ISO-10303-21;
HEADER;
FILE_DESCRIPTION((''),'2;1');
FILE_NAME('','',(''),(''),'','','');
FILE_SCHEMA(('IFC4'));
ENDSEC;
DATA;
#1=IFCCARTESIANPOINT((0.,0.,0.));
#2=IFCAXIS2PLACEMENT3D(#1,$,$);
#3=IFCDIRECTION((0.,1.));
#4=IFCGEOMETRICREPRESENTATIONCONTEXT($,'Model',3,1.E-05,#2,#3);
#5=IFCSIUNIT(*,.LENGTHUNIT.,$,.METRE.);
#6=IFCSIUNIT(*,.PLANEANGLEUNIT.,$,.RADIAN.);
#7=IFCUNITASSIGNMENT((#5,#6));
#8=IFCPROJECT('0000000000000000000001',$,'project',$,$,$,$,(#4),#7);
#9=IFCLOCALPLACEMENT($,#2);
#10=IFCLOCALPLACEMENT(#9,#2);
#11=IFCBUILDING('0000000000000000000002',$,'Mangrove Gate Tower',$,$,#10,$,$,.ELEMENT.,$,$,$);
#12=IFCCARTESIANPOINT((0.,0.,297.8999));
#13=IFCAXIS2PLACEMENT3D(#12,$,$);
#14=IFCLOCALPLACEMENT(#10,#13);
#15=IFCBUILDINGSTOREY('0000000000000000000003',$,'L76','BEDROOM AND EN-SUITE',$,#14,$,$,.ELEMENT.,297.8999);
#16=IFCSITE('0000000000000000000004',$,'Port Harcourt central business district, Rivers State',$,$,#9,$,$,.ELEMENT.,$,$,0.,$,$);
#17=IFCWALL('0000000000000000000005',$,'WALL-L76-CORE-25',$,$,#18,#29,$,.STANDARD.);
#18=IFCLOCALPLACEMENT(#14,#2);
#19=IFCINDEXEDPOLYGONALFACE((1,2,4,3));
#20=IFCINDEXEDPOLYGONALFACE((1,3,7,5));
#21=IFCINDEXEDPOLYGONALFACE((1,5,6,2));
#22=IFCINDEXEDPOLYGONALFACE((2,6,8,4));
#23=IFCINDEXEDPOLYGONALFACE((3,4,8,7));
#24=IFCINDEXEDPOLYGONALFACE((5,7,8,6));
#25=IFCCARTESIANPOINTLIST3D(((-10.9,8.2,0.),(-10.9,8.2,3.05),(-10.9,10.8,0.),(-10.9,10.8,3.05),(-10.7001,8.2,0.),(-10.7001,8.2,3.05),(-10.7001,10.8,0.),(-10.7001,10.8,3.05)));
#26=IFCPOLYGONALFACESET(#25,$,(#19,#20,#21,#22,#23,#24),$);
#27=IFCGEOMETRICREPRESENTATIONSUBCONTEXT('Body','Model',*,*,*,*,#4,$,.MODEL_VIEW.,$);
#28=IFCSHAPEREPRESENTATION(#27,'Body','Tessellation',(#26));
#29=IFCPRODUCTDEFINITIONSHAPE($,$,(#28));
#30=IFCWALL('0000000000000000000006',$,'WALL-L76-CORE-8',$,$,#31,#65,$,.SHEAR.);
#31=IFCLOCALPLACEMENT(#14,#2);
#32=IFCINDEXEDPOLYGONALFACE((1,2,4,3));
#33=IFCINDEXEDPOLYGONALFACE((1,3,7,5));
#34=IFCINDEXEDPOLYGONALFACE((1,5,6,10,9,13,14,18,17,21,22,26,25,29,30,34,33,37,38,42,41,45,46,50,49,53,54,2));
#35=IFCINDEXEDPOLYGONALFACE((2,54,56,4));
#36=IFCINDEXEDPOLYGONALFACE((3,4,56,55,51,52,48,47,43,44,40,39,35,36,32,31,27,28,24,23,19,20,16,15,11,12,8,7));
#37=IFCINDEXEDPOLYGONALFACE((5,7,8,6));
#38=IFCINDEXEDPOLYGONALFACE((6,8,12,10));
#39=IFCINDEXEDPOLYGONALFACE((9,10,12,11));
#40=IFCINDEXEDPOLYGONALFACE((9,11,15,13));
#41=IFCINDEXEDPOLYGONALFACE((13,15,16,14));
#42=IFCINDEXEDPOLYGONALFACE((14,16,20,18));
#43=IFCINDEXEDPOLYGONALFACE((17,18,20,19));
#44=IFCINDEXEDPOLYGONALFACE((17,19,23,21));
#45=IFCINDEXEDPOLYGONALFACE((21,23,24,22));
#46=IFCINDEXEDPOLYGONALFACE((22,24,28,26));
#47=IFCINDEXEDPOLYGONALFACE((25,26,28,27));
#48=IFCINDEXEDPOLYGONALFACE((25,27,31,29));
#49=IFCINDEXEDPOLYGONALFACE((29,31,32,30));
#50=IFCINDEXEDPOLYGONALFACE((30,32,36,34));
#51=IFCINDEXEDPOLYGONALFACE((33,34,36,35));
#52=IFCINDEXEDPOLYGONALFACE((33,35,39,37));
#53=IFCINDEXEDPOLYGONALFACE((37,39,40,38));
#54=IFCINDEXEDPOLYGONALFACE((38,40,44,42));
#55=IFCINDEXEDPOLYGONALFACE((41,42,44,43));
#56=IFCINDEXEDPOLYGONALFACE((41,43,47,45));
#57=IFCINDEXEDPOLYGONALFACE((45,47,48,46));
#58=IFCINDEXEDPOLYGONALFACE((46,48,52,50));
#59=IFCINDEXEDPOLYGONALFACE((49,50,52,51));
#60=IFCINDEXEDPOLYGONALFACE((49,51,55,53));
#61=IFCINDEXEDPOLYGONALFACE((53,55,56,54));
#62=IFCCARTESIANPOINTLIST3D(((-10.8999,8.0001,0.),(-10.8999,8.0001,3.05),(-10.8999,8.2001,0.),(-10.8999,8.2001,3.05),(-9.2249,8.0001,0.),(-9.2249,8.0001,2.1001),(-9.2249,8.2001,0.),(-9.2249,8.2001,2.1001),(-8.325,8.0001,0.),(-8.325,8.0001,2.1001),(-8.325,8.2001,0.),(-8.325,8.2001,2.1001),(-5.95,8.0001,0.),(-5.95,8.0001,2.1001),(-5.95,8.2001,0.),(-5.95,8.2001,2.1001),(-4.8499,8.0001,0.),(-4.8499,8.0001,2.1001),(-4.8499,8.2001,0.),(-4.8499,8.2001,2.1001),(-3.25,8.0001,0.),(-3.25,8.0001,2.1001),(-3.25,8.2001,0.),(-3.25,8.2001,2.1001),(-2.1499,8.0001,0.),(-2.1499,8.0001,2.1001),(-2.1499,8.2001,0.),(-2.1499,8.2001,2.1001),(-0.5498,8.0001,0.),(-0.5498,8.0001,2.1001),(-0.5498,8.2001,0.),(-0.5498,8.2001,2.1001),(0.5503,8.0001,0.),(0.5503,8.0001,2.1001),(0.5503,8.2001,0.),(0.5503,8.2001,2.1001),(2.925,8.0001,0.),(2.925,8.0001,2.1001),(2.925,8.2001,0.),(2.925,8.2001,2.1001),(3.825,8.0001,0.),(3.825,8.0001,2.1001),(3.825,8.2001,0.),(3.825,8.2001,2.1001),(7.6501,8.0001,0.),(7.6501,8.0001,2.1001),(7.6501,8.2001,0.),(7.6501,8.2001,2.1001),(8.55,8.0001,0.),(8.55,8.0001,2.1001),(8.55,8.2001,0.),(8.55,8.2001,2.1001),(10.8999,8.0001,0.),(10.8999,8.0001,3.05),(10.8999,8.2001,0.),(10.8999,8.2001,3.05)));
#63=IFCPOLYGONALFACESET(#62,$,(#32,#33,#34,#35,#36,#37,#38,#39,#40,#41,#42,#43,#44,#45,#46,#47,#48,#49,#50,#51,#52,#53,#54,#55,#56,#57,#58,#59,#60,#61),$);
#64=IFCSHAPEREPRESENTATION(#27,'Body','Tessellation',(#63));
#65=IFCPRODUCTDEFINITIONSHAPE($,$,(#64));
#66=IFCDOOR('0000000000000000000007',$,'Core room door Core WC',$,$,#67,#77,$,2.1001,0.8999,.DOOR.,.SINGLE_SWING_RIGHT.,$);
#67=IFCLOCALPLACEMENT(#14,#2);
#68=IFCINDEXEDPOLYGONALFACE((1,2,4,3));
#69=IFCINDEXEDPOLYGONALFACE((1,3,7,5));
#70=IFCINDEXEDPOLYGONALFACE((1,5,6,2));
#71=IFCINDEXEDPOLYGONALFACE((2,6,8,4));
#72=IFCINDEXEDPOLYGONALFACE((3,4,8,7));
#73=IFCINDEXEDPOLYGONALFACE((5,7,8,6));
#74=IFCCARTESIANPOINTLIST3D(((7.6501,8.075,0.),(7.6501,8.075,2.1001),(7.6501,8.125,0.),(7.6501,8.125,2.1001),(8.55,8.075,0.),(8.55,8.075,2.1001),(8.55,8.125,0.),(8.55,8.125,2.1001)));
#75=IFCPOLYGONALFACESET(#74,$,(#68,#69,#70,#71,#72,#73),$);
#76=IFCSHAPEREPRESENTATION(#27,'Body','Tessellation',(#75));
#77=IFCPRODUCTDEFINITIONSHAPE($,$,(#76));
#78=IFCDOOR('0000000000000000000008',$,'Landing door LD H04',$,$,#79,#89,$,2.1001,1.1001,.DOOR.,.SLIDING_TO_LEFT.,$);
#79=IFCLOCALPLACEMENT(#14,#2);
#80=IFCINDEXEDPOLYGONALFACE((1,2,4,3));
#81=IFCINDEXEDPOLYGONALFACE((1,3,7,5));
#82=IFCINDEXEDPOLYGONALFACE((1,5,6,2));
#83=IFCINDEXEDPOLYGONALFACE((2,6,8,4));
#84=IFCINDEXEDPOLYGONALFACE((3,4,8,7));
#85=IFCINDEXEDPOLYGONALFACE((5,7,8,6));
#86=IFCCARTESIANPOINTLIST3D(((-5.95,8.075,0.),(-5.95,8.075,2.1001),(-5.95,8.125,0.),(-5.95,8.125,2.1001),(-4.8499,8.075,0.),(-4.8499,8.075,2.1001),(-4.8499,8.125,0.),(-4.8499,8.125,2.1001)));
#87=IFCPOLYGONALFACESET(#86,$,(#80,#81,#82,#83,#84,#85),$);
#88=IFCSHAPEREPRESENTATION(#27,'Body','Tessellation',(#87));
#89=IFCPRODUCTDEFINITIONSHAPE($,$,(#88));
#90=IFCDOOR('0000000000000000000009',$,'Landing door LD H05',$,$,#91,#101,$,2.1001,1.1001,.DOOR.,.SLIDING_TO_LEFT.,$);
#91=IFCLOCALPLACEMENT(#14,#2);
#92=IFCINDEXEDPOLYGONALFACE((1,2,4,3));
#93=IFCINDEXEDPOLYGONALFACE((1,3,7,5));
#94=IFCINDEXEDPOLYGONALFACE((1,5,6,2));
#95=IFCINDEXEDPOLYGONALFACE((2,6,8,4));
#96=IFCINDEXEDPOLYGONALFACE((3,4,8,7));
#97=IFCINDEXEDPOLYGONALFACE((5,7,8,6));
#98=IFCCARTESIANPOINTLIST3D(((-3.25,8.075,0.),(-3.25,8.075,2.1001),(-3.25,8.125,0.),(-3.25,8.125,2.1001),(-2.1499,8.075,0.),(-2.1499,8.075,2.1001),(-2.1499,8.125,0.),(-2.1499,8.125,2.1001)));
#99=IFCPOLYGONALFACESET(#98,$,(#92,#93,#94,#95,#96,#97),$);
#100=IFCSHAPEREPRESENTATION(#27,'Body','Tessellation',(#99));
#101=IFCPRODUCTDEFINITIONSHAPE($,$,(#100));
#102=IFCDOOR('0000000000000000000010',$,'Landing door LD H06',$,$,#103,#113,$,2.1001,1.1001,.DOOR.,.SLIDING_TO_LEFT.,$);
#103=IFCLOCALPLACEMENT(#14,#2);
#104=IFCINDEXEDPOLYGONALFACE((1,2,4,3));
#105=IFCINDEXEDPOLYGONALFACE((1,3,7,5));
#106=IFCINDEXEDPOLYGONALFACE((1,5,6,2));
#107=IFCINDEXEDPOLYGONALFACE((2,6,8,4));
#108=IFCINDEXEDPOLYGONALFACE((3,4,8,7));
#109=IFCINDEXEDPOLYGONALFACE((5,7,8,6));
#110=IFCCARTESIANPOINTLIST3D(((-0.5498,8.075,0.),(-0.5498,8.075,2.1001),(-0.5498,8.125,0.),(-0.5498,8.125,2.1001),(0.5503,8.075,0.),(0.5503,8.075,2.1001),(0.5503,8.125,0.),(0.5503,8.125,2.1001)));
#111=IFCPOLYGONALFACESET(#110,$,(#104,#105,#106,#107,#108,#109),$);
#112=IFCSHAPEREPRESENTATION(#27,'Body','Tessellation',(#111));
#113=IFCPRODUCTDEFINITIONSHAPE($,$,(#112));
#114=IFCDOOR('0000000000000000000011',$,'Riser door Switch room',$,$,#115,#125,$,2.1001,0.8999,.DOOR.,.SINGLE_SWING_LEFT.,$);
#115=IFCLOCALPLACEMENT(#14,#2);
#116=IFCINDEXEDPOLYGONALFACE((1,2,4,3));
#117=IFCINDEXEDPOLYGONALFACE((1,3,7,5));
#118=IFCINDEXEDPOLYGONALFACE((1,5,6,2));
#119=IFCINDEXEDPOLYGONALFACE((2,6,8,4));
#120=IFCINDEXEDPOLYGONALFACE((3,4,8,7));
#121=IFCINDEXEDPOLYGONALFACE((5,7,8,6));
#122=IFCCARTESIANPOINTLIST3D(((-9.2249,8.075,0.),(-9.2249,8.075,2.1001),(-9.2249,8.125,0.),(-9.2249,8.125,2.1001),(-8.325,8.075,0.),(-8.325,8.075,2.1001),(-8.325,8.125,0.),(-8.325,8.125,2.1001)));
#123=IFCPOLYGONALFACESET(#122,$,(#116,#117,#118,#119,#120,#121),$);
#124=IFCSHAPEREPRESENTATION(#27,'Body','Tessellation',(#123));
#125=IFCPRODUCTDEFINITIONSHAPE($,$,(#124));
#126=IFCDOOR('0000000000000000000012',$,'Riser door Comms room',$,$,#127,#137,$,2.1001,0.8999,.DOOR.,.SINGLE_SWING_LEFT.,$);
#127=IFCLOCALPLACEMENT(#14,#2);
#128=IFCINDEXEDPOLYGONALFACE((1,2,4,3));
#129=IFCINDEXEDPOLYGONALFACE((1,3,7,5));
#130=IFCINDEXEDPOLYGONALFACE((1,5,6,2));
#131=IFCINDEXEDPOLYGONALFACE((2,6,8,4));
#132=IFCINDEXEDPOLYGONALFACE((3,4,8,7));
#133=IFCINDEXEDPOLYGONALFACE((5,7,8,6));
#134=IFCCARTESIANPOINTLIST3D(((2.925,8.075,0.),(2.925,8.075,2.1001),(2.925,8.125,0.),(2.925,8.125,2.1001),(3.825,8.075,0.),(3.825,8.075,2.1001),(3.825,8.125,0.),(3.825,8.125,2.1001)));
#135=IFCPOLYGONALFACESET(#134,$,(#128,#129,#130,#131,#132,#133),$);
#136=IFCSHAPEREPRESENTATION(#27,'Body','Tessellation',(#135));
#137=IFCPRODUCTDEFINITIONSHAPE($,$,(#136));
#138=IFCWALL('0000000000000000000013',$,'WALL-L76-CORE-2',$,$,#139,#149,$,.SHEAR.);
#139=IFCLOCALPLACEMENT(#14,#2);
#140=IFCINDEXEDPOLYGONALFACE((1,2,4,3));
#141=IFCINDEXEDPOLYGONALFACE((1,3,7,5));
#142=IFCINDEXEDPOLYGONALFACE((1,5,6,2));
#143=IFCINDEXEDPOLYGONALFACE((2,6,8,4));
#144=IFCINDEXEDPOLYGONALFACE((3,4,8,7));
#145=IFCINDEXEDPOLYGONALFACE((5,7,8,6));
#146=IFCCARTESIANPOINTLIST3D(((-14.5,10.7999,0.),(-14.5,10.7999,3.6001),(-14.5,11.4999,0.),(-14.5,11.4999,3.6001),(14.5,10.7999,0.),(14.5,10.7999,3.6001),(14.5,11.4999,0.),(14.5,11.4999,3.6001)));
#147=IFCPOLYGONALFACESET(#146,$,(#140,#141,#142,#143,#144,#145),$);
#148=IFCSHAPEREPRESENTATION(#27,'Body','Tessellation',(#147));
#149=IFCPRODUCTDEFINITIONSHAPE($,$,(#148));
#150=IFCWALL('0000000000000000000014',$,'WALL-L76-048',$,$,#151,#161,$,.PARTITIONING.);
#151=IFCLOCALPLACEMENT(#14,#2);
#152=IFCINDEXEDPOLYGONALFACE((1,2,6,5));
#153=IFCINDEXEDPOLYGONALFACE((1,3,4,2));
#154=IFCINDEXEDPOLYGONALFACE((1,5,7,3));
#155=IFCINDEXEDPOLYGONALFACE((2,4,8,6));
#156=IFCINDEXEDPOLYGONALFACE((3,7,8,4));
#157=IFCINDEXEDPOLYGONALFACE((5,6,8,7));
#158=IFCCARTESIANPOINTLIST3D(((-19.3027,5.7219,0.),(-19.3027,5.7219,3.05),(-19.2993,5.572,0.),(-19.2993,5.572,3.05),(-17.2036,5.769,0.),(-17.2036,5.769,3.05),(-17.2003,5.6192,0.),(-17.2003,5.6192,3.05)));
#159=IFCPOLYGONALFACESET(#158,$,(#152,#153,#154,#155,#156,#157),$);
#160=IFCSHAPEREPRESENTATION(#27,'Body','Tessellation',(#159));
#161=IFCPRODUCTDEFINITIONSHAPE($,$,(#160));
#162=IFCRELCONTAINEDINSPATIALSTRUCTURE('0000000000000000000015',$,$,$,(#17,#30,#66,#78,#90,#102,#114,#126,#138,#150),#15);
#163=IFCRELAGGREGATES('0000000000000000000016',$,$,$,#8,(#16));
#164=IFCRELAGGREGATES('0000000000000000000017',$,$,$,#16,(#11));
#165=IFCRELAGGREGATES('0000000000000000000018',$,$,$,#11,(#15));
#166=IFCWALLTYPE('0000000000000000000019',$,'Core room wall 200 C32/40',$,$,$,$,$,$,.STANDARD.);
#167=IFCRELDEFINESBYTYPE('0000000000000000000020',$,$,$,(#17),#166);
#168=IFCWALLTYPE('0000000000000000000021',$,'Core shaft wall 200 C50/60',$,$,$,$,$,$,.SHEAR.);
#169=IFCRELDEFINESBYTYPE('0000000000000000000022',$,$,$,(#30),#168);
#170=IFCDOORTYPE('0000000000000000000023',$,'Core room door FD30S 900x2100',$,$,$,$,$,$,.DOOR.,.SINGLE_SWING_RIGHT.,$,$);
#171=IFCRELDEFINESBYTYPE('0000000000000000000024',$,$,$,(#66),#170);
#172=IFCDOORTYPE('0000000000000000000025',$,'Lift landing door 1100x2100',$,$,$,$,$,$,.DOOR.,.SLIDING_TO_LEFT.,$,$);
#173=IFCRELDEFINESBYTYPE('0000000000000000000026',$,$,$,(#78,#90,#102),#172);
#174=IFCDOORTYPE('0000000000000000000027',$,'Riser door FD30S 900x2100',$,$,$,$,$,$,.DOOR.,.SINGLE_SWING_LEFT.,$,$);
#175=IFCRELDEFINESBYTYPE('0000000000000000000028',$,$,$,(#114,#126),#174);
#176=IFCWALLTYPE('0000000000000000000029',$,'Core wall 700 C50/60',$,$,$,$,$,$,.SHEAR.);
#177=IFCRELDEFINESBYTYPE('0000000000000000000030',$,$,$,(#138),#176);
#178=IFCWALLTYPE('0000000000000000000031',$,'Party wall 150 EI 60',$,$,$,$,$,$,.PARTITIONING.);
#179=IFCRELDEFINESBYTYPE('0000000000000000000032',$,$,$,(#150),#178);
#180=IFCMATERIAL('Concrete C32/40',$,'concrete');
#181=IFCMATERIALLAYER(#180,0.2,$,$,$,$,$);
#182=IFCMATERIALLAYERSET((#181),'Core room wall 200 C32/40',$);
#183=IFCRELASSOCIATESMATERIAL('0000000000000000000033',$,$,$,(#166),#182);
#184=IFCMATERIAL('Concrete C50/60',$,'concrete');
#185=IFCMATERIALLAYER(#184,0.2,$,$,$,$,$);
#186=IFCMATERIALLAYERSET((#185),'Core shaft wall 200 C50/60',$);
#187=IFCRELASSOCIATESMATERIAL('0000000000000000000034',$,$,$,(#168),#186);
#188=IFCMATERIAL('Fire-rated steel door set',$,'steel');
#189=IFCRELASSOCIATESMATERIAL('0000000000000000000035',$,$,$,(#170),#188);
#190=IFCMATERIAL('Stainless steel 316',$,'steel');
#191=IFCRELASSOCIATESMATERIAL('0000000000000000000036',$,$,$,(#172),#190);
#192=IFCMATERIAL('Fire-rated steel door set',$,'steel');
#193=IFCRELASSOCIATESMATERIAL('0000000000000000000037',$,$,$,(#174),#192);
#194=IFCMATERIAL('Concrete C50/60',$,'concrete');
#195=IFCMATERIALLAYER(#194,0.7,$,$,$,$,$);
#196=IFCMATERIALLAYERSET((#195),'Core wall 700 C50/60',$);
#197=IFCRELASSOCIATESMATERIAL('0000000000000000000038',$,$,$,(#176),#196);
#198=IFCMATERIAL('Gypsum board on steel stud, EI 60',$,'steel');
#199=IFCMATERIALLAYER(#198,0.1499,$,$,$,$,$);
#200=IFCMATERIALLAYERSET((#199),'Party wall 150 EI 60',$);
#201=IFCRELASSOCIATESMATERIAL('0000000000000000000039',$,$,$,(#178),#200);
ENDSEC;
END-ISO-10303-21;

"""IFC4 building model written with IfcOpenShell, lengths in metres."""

from ifc_helpers import new_model, si_unit, direction, frame, frame_2d, origin, place, context, subcontext, project, spatial, rectangle, extrude, material, layer, layer_set, type_object, element, fill, save


model = new_model("IFC4")

# Units and contexts
model_context = context("Model", 3, precision=1e-05, world=origin(), true_north=direction((0.0, 1.0)))
body_context = subcontext(model_context, "Body", "Model", "MODEL_VIEW")
ifc_project = project(units=[si_unit("LENGTHUNIT", "METRE"), si_unit("PLANEANGLEUNIT", "RADIAN")], contexts=[model_context])

# Site, building, storey
site_placement = place(None, origin())
site = spatial("IfcSite", under=ifc_project, at=site_placement, Name="Port Harcourt central business district, Rivers State", CompositionType="ELEMENT", RefElevation=0.0)
building_placement = place(site_placement, origin())
building = spatial("IfcBuilding", under=site, at=building_placement, Name="Mangrove Gate Tower", CompositionType="ELEMENT")
storey_placement = place(building_placement, frame((0.0, 0.0, 297.8999)))
storey = spatial("IfcBuildingStorey", under=building, at=storey_placement, Name="L76", Description="BEDROOM AND EN-SUITE", CompositionType="ELEMENT", Elevation=297.8999)

# Wall
ifc_material_1 = material(Name="Concrete C32/40", Category="concrete")
ifc_layer_1 = layer(ifc_material_1, 0.2)
ifc_layer_set_1 = layer_set([ifc_layer_1], Name="Core room wall 200 C32/40")
wall_type_1 = type_object("IfcWallType", Name="Core room wall 200 C32/40", PredefinedType="STANDARD", material=ifc_layer_set_1)
wall_1_placement = place(storey_placement, frame((-10.8, 8.2, 0.0), z_axis=(0.0, 0.0, 1.0), x_axis=(0.0, 1.0, 0.0)))
element("IfcWall", 1, at=wall_1_placement, inside=storey, type_object=wall_type_1, Name="WALL-L76-CORE-25", PredefinedType="STANDARD", context=body_context, shape_type="SweptSolid", body=[
    extrude(rectangle(XDim=2.6001, YDim=0.2, at=frame_2d((1.3, 0.0))), origin(), (0.0, 0.0, 1.0), 3.05),
])

# Wall, openings, doors
ifc_material_2 = material(Name="Concrete C50/60", Category="concrete")
ifc_layer_2 = layer(ifc_material_2, 0.2)
ifc_layer_set_2 = layer_set([ifc_layer_2], Name="Core shaft wall 200 C50/60")
wall_type_2 = type_object("IfcWallType", Name="Core shaft wall 200 C50/60", PredefinedType="SHEAR", material=ifc_layer_set_2)
wall_2_placement = place(storey_placement, frame((-10.8999, 8.1001, 0.0), z_axis=(0.0, 0.0, 1.0), x_axis=(1.0, 0.0, 0.0)))
wall_2 = element("IfcWall", 2, at=wall_2_placement, inside=storey, type_object=wall_type_2, Name="WALL-L76-CORE-8", PredefinedType="SHEAR", context=body_context, shape_type="SweptSolid", body=[
    extrude(rectangle(XDim=21.7998, YDim=0.2, at=frame_2d((10.8999, 0.0))), origin(), (0.0, 0.0, 1.0), 3.05),
])
opening_1_placement = place(wall_2_placement, frame((4.95, 0.0, 0.0)))
opening_1 = element("IfcOpeningElement", 3, at=opening_1_placement, cuts=wall_2, PredefinedType="OPENING", context=body_context, shape_type="SweptSolid", body=[
    extrude(rectangle(XDim=1.1001, YDim=2.1001, at=frame_2d((0.55, 1.05))), frame((0.0, 0.1099, 0.0), z_axis=(0.0, -1.0, 0.0), x_axis=(1.0, 0.0, 0.0)), (0.0, 0.0, 1.0), 0.22),
])
opening_2_placement = place(wall_2_placement, frame((7.6499, 0.0, 0.0)))
opening_2 = element("IfcOpeningElement", 4, at=opening_2_placement, cuts=wall_2, PredefinedType="OPENING", context=body_context, shape_type="SweptSolid", body=[
    extrude(rectangle(XDim=1.1001, YDim=2.1001, at=frame_2d((0.55, 1.05))), frame((0.0, 0.1099, 0.0), z_axis=(0.0, -1.0, 0.0), x_axis=(1.0, 0.0, 0.0)), (0.0, 0.0, 1.0), 0.22),
])
opening_3_placement = place(wall_2_placement, frame((10.3501, 0.0, 0.0)))
opening_3 = element("IfcOpeningElement", 5, at=opening_3_placement, cuts=wall_2, PredefinedType="OPENING", context=body_context, shape_type="SweptSolid", body=[
    extrude(rectangle(XDim=1.1001, YDim=2.1001, at=frame_2d((0.55, 1.05))), frame((0.0, 0.1099, 0.0), z_axis=(0.0, -1.0, 0.0), x_axis=(1.0, 0.0, 0.0)), (0.0, 0.0, 1.0), 0.22),
])
opening_4_placement = place(wall_2_placement, frame((1.675, 0.0, 0.0)))
opening_4 = element("IfcOpeningElement", 6, at=opening_4_placement, cuts=wall_2, PredefinedType="OPENING", context=body_context, shape_type="SweptSolid", body=[
    extrude(rectangle(XDim=0.8999, YDim=2.1001, at=frame_2d((0.45, 1.05))), frame((0.0, 0.1099, 0.0), z_axis=(0.0, -1.0, 0.0), x_axis=(1.0, 0.0, 0.0)), (0.0, 0.0, 1.0), 0.22),
])
opening_5_placement = place(wall_2_placement, frame((13.825, 0.0, 0.0)))
opening_5 = element("IfcOpeningElement", 7, at=opening_5_placement, cuts=wall_2, PredefinedType="OPENING", context=body_context, shape_type="SweptSolid", body=[
    extrude(rectangle(XDim=0.8999, YDim=2.1001, at=frame_2d((0.45, 1.05))), frame((0.0, 0.1099, 0.0), z_axis=(0.0, -1.0, 0.0), x_axis=(1.0, 0.0, 0.0)), (0.0, 0.0, 1.0), 0.22),
])
opening_6_placement = place(wall_2_placement, frame((18.55, 0.0, 0.0)))
opening_6 = element("IfcOpeningElement", 8, at=opening_6_placement, cuts=wall_2, PredefinedType="OPENING", context=body_context, shape_type="SweptSolid", body=[
    extrude(rectangle(XDim=0.8999, YDim=2.1001, at=frame_2d((0.45, 1.05))), frame((0.0, 0.1099, 0.0), z_axis=(0.0, -1.0, 0.0), x_axis=(1.0, 0.0, 0.0)), (0.0, 0.0, 1.0), 0.22),
])
ifc_material_3 = material(Name="Fire-rated steel door set", Category="steel")
door_type_1 = type_object("IfcDoorType", Name="Core room door FD30S 900x2100", OperationType="SINGLE_SWING_RIGHT", PredefinedType="DOOR", material=ifc_material_3)
door_1_placement = place(opening_6_placement, origin())
door_1 = element("IfcDoor", 9, at=door_1_placement, inside=storey, type_object=door_type_1, Name="Core room door Core WC", OperationType="SINGLE_SWING_RIGHT", OverallHeight=2.1001, OverallWidth=0.8999, PredefinedType="DOOR", context=body_context, shape_type="SweptSolid", body=[
    extrude(rectangle(XDim=0.8999, YDim=2.1001, at=frame_2d((0.45, 1.05))), frame((0.0, 0.0249, 0.0), z_axis=(0.0, -1.0, 0.0), x_axis=(1.0, 0.0, 0.0)), (0.0, 0.0, 1.0), 0.05),
])
fill(opening_6, door_1)
ifc_material_4 = material(Name="Stainless steel 316", Category="steel")
door_type_2 = type_object("IfcDoorType", Name="Lift landing door 1100x2100", OperationType="SLIDING_TO_LEFT", PredefinedType="DOOR", material=ifc_material_4)
door_2_placement = place(opening_1_placement, origin())
door_2 = element("IfcDoor", 10, at=door_2_placement, inside=storey, type_object=door_type_2, Name="Landing door LD H04", OperationType="SLIDING_TO_LEFT", OverallHeight=2.1001, OverallWidth=1.1001, PredefinedType="DOOR", context=body_context, shape_type="SweptSolid", body=[
    extrude(rectangle(XDim=1.1001, YDim=2.1001, at=frame_2d((0.55, 1.05))), frame((0.0, 0.0249, 0.0), z_axis=(0.0, -1.0, 0.0), x_axis=(1.0, 0.0, 0.0)), (0.0, 0.0, 1.0), 0.05),
])
fill(opening_1, door_2)
door_3_placement = place(opening_2_placement, origin())
door_3 = element("IfcDoor", 11, at=door_3_placement, inside=storey, type_object=door_type_2, Name="Landing door LD H05", OperationType="SLIDING_TO_LEFT", OverallHeight=2.1001, OverallWidth=1.1001, PredefinedType="DOOR", context=body_context, shape_type="SweptSolid", body=[
    extrude(rectangle(XDim=1.1001, YDim=2.1001, at=frame_2d((0.55, 1.05))), frame((0.0, 0.0249, 0.0), z_axis=(0.0, -1.0, 0.0), x_axis=(1.0, 0.0, 0.0)), (0.0, 0.0, 1.0), 0.05),
])
fill(opening_2, door_3)
door_4_placement = place(opening_3_placement, origin())
door_4 = element("IfcDoor", 12, at=door_4_placement, inside=storey, type_object=door_type_2, Name="Landing door LD H06", OperationType="SLIDING_TO_LEFT", OverallHeight=2.1001, OverallWidth=1.1001, PredefinedType="DOOR", context=body_context, shape_type="SweptSolid", body=[
    extrude(rectangle(XDim=1.1001, YDim=2.1001, at=frame_2d((0.55, 1.05))), frame((0.0, 0.0249, 0.0), z_axis=(0.0, -1.0, 0.0), x_axis=(1.0, 0.0, 0.0)), (0.0, 0.0, 1.0), 0.05),
])
fill(opening_3, door_4)
ifc_material_5 = material(Name="Fire-rated steel door set", Category="steel")
door_type_3 = type_object("IfcDoorType", Name="Riser door FD30S 900x2100", OperationType="SINGLE_SWING_LEFT", PredefinedType="DOOR", material=ifc_material_5)
door_5_placement = place(opening_4_placement, origin())
door_5 = element("IfcDoor", 13, at=door_5_placement, inside=storey, type_object=door_type_3, Name="Riser door Switch room", OperationType="SINGLE_SWING_LEFT", OverallHeight=2.1001, OverallWidth=0.8999, PredefinedType="DOOR", context=body_context, shape_type="SweptSolid", body=[
    extrude(rectangle(XDim=0.8999, YDim=2.1001, at=frame_2d((0.45, 1.05))), frame((0.0, 0.0249, 0.0), z_axis=(0.0, -1.0, 0.0), x_axis=(1.0, 0.0, 0.0)), (0.0, 0.0, 1.0), 0.05),
])
fill(opening_4, door_5)
door_6_placement = place(opening_5_placement, origin())
door_6 = element("IfcDoor", 14, at=door_6_placement, inside=storey, type_object=door_type_3, Name="Riser door Comms room", OperationType="SINGLE_SWING_LEFT", OverallHeight=2.1001, OverallWidth=0.8999, PredefinedType="DOOR", context=body_context, shape_type="SweptSolid", body=[
    extrude(rectangle(XDim=0.8999, YDim=2.1001, at=frame_2d((0.45, 1.05))), frame((0.0, 0.0249, 0.0), z_axis=(0.0, -1.0, 0.0), x_axis=(1.0, 0.0, 0.0)), (0.0, 0.0, 1.0), 0.05),
])
fill(opening_5, door_6)

# Walls
ifc_material_6 = material(Name="Concrete C50/60", Category="concrete")
ifc_layer_3 = layer(ifc_material_6, 0.7)
ifc_layer_set_3 = layer_set([ifc_layer_3], Name="Core wall 700 C50/60")
wall_type_3 = type_object("IfcWallType", Name="Core wall 700 C50/60", PredefinedType="SHEAR", material=ifc_layer_set_3)
wall_3_placement = place(storey_placement, frame((-14.5, 11.1499, 0.0), z_axis=(0.0, 0.0, 1.0), x_axis=(1.0, 0.0, 0.0)))
element("IfcWall", 15, at=wall_3_placement, inside=storey, type_object=wall_type_3, Name="WALL-L76-CORE-2", PredefinedType="SHEAR", context=body_context, shape_type="SweptSolid", body=[
    extrude(rectangle(XDim=29.0, YDim=0.7, at=frame_2d((14.5, 0.0))), origin(), (0.0, 0.0, 1.0), 3.6001),
])
ifc_material_7 = material(Name="Gypsum board on steel stud, EI 60", Category="steel")
ifc_layer_4 = layer(ifc_material_7, 0.1499)
ifc_layer_set_4 = layer_set([ifc_layer_4], Name="Party wall 150 EI 60")
wall_type_4 = type_object("IfcWallType", Name="Party wall 150 EI 60", PredefinedType="PARTITIONING", material=ifc_layer_set_4)
wall_4_placement = place(storey_placement, frame((-19.301, 5.647, 0.0), z_axis=(0.0, 0.0, 1.0), x_axis=(0.999748, 0.022441, 0.0)))
element("IfcWall", 16, at=wall_4_placement, inside=storey, type_object=wall_type_4, Name="WALL-L76-048", PredefinedType="PARTITIONING", context=body_context, shape_type="SweptSolid", body=[
    extrude(rectangle(XDim=2.0996, YDim=0.1499, at=frame_2d((1.0498, 0.0))), origin(), (0.0, 0.0, 1.0), 3.05),
])

save(model, "model.ifc")
